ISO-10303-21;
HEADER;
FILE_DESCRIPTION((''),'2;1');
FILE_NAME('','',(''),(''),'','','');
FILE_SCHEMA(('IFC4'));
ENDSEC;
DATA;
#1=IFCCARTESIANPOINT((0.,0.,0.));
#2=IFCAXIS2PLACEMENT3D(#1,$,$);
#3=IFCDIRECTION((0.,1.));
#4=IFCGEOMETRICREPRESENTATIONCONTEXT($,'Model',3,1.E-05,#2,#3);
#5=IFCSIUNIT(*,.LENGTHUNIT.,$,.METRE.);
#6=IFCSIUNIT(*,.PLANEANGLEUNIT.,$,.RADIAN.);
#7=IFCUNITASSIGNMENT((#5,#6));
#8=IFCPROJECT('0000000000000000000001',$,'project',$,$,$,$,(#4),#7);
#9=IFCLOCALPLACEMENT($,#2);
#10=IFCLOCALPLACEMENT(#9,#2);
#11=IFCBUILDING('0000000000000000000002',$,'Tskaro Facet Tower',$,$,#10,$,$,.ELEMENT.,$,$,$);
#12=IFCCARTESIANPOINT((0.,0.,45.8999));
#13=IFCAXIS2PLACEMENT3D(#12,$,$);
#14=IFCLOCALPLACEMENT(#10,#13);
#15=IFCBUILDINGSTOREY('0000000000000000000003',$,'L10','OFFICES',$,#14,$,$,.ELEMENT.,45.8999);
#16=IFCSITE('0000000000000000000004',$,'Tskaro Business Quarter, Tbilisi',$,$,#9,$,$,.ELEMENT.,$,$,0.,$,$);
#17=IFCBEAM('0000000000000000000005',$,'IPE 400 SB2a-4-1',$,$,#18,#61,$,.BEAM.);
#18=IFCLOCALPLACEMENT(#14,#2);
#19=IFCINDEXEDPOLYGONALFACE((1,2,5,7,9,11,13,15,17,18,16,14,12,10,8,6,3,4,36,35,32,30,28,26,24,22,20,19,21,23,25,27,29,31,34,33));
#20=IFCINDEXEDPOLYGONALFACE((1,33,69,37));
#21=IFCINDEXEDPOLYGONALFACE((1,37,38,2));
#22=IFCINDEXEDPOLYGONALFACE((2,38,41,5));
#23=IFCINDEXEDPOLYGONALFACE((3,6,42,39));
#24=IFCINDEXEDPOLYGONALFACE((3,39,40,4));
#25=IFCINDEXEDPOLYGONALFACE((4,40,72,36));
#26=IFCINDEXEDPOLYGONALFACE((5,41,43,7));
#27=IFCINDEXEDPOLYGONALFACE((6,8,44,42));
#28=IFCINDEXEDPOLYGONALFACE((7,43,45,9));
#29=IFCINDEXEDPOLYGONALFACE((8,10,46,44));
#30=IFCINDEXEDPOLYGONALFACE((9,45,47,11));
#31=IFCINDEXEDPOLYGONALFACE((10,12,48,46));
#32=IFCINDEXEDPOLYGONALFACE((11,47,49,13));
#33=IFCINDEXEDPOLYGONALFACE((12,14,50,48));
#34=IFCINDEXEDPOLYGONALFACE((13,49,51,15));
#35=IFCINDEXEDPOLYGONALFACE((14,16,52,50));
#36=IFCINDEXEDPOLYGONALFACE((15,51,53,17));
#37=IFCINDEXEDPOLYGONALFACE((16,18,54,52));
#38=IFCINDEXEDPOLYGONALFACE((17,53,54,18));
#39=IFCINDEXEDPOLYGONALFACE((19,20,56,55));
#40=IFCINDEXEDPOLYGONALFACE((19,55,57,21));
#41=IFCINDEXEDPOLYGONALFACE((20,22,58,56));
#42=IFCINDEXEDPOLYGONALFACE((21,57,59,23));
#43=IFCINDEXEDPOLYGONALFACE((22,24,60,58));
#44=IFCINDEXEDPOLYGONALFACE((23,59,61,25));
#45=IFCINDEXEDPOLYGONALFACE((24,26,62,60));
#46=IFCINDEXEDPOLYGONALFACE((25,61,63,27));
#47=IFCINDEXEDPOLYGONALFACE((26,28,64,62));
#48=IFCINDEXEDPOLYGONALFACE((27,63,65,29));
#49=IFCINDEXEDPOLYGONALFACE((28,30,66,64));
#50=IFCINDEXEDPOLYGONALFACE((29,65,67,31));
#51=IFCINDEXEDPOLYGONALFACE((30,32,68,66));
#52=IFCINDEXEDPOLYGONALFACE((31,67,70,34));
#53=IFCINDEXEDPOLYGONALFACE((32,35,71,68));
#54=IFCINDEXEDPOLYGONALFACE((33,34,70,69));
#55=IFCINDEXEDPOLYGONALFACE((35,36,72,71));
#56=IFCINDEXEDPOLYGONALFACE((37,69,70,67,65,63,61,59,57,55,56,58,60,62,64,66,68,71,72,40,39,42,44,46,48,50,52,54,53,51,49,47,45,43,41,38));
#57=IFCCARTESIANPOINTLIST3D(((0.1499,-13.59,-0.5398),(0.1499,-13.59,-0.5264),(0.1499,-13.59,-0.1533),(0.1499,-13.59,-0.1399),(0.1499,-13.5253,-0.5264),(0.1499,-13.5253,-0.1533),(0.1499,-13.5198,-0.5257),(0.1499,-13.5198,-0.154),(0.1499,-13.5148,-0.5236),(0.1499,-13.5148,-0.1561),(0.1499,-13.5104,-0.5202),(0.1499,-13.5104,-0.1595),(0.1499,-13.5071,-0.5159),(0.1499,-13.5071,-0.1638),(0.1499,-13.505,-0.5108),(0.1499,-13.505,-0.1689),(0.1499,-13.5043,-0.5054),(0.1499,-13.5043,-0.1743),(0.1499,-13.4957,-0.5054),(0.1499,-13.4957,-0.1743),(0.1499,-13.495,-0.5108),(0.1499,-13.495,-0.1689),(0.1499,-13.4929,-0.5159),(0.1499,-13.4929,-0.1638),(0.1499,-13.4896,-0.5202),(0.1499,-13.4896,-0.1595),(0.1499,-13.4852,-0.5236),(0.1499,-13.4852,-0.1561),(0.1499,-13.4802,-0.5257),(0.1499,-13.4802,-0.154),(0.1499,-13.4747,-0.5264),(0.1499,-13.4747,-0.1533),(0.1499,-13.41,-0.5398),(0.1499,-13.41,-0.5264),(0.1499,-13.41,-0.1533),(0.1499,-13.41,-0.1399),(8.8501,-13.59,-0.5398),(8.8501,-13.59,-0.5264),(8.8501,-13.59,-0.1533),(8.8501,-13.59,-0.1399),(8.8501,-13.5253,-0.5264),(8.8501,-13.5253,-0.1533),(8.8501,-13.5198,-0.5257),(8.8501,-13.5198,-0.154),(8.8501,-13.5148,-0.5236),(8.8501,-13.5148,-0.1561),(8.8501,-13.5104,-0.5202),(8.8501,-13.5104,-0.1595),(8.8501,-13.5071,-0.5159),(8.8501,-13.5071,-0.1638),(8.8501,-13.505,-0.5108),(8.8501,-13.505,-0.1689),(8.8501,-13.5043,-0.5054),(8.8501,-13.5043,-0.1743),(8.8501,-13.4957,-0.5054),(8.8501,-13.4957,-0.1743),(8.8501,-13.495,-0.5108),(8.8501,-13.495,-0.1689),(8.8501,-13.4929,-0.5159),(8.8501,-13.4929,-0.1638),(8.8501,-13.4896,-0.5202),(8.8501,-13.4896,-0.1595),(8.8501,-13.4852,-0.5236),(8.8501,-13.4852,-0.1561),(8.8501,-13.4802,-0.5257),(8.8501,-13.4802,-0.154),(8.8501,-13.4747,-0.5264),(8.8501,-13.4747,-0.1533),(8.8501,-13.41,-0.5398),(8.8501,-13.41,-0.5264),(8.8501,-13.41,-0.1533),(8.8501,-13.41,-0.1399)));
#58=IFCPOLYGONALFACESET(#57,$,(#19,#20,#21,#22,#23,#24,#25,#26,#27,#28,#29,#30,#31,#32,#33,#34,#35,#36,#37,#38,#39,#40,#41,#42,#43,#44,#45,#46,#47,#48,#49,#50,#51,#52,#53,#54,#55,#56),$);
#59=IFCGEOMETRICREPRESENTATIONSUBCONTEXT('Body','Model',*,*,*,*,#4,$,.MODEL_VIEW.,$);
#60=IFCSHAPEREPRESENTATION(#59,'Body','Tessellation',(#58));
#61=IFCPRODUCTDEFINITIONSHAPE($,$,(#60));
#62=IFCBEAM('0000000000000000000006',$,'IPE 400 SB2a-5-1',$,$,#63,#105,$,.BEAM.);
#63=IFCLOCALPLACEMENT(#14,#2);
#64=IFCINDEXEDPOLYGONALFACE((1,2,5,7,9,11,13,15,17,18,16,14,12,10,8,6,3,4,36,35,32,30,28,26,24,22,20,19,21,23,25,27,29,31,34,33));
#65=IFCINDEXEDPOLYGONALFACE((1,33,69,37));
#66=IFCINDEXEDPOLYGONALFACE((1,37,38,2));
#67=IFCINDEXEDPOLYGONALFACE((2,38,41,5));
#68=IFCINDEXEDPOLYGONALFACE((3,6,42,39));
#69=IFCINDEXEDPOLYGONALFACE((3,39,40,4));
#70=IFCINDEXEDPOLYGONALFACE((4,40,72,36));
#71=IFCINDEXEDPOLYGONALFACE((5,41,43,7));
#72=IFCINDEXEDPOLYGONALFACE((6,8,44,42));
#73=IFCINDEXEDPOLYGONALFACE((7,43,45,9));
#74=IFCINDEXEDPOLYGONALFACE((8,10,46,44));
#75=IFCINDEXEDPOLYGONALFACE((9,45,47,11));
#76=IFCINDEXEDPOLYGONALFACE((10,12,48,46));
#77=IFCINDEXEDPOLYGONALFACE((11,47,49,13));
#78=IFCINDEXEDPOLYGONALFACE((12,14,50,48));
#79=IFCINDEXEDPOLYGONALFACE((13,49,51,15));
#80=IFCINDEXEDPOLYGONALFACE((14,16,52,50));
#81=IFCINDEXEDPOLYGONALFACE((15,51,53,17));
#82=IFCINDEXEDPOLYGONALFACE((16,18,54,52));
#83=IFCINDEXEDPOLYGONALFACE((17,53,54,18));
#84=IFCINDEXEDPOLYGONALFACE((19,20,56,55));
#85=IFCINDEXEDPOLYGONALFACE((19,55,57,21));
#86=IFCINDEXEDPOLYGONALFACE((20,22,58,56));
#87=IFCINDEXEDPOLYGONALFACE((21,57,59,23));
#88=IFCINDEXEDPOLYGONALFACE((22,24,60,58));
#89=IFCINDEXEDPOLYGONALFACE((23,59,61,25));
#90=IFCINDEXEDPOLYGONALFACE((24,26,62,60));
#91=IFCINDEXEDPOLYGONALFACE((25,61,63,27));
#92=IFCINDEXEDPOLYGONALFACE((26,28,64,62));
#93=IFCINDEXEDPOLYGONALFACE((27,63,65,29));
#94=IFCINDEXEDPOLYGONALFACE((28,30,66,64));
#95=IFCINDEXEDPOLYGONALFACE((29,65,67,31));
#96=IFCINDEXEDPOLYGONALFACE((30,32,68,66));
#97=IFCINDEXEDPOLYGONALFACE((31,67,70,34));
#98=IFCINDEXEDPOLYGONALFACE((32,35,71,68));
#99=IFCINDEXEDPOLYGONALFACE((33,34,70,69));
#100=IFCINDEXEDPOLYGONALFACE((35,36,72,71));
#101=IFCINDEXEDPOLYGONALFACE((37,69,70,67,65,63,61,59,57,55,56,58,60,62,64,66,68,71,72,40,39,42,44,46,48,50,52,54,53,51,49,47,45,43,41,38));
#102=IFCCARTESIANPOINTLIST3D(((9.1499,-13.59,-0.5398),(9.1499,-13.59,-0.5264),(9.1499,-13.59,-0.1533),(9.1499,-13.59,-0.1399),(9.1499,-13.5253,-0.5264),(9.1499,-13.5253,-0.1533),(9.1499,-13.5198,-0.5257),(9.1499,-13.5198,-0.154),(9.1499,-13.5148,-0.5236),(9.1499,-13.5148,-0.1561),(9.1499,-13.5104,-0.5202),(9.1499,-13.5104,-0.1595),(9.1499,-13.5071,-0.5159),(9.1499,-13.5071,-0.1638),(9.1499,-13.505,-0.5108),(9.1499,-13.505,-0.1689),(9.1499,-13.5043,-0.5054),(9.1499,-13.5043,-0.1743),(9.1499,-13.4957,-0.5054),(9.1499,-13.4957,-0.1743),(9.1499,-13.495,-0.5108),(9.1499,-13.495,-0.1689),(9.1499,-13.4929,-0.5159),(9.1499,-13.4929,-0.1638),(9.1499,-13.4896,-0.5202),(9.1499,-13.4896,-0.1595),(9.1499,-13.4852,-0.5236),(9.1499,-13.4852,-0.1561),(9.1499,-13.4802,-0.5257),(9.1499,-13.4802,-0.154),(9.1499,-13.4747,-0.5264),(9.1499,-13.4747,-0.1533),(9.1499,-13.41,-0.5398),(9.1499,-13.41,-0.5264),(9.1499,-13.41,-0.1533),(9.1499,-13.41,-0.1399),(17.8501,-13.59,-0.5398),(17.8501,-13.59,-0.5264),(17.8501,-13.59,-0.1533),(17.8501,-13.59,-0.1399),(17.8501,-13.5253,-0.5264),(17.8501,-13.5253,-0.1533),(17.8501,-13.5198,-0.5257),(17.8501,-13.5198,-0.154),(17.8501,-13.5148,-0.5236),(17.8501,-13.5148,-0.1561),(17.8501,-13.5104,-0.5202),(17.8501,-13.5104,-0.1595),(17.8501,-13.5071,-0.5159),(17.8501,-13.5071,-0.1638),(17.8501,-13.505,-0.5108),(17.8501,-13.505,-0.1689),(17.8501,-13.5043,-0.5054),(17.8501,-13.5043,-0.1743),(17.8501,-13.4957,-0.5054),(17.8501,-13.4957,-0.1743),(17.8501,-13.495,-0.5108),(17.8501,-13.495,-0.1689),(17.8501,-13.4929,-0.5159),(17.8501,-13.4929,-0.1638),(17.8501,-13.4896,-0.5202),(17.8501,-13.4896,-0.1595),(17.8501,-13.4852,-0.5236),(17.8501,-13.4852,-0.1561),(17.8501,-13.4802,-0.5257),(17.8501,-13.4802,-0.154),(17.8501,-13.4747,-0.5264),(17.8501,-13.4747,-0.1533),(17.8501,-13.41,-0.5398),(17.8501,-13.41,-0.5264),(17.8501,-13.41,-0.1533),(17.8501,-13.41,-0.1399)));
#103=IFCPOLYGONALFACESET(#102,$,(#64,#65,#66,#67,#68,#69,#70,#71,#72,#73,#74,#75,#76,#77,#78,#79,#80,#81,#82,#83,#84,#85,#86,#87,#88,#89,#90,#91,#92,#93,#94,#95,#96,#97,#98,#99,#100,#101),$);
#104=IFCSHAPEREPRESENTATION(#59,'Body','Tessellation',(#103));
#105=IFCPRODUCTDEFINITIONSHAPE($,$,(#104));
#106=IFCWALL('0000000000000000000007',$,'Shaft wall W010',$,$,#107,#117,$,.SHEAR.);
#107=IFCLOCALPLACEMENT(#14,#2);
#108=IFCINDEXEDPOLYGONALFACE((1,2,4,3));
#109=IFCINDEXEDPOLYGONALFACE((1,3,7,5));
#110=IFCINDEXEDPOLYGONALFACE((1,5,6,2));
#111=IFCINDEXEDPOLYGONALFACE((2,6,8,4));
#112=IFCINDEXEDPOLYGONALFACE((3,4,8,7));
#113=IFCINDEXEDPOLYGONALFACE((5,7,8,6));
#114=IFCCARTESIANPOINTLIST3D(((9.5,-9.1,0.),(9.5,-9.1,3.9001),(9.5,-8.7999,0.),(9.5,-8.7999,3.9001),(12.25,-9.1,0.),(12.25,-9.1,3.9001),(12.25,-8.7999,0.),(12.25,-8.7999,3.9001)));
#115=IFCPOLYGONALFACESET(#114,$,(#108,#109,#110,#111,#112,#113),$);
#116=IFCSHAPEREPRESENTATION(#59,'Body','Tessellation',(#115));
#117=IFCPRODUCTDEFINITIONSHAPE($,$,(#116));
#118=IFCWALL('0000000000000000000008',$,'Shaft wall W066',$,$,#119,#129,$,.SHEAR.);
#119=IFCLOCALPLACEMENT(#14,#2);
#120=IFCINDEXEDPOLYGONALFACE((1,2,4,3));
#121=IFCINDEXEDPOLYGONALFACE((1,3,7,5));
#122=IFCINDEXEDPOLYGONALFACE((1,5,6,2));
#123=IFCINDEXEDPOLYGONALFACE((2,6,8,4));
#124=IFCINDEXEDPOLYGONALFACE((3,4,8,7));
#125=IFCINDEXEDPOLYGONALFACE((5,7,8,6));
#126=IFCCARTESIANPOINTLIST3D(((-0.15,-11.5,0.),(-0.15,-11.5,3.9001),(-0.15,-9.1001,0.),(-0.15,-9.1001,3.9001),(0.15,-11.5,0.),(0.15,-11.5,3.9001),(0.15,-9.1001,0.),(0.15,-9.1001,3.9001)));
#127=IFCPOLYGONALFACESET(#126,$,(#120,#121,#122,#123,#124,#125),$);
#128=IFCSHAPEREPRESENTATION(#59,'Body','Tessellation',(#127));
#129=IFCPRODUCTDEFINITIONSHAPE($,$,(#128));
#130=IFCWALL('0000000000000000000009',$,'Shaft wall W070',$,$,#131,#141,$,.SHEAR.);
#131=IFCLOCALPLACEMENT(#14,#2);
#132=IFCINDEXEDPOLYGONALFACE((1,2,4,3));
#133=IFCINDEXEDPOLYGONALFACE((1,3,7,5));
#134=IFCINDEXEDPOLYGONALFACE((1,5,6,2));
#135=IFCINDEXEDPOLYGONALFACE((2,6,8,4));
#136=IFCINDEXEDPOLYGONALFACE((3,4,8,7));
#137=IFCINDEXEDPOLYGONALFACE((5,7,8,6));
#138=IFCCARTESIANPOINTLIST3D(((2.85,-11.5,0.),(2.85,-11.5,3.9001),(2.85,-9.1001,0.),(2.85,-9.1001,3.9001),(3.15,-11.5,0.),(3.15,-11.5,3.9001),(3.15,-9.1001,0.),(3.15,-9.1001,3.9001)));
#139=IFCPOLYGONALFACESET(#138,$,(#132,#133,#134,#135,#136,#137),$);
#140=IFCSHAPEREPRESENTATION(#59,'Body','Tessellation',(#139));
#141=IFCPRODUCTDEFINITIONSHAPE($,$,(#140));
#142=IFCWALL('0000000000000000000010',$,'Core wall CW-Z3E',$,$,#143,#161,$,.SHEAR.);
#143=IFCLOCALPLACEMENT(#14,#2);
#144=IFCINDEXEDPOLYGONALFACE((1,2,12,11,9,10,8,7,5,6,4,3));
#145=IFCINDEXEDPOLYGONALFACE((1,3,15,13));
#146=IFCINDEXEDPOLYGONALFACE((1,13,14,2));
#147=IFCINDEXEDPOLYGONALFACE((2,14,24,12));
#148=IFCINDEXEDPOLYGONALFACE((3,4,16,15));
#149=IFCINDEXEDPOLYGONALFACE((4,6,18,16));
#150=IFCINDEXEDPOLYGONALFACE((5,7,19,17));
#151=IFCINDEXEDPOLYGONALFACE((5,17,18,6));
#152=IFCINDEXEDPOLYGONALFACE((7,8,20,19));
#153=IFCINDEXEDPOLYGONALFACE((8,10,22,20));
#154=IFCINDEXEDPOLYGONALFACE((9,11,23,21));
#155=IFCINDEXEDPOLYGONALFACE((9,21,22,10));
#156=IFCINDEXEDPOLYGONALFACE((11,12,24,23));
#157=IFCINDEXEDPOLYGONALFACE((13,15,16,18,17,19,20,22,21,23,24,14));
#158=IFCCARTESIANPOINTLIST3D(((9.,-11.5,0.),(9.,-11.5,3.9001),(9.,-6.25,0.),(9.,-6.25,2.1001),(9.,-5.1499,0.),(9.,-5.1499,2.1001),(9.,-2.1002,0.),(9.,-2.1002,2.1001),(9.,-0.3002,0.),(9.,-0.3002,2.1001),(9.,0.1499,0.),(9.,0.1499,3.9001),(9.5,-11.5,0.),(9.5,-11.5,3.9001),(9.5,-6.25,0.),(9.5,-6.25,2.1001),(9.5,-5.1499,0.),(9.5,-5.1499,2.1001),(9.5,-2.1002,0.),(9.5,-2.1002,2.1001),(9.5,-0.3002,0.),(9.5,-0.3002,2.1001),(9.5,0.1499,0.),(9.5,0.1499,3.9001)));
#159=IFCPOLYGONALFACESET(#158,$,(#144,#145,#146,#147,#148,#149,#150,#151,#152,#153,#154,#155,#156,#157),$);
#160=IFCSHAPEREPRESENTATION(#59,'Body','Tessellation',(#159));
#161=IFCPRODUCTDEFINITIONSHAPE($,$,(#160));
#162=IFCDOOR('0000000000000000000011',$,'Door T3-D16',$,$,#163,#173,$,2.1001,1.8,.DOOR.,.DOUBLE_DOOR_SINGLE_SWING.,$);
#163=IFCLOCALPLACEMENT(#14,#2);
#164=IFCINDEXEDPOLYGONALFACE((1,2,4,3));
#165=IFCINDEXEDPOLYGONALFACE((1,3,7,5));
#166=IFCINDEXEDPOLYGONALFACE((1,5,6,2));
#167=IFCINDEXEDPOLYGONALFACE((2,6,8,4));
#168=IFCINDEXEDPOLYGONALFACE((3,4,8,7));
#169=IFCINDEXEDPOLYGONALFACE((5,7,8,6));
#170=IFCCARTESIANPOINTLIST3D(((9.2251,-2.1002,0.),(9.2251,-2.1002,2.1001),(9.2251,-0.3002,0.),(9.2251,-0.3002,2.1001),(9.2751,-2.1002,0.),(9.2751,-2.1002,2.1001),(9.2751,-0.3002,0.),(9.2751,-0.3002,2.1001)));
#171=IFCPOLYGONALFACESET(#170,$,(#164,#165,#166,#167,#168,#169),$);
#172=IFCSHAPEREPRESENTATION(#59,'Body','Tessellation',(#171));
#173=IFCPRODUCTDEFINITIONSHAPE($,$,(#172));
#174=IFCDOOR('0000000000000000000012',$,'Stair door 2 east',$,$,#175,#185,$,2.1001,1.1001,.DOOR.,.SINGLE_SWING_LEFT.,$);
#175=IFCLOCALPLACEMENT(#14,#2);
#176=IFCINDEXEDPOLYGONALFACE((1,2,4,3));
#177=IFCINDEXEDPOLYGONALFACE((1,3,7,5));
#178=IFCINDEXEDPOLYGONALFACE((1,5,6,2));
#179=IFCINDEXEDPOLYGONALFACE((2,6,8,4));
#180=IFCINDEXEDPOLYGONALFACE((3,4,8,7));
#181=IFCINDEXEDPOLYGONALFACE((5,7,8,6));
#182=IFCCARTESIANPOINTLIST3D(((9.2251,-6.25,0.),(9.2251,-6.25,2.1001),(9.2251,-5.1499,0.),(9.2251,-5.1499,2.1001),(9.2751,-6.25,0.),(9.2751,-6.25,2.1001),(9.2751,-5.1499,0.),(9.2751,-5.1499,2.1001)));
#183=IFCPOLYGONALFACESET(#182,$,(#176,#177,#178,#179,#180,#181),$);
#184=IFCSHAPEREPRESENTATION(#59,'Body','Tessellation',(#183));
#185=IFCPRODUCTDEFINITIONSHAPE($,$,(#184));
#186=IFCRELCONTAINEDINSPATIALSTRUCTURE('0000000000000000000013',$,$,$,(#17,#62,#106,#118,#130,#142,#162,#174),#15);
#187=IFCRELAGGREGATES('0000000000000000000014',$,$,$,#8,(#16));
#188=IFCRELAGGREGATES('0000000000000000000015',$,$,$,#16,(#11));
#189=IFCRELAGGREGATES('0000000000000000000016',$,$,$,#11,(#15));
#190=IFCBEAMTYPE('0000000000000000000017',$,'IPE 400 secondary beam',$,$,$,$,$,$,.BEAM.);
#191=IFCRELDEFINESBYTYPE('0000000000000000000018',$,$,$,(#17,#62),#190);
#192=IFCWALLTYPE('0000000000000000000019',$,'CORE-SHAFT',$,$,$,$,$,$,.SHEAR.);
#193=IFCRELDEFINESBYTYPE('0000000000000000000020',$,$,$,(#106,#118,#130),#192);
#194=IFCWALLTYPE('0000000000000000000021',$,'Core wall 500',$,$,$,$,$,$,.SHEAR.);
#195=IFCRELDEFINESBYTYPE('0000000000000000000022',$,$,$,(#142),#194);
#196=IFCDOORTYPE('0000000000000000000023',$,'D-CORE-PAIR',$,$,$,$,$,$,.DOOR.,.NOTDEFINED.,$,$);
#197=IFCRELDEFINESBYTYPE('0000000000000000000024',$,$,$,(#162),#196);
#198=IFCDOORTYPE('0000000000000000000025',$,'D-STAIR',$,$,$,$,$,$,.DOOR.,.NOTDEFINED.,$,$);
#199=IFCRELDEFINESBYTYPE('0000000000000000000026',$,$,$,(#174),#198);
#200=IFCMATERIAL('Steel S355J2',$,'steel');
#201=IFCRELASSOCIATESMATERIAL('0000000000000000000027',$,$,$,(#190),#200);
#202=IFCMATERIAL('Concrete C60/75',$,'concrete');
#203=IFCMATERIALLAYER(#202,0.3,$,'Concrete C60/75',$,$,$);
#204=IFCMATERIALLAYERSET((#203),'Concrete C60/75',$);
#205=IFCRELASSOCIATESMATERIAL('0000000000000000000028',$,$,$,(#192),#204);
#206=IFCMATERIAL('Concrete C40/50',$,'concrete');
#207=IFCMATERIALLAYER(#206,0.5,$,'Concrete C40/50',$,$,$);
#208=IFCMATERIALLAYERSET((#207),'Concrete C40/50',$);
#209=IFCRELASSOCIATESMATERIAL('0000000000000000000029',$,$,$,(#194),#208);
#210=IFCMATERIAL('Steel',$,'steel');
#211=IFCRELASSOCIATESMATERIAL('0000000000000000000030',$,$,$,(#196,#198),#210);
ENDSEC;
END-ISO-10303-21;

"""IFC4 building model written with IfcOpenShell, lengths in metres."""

from ifc_helpers import new_model, si_unit, direction, frame, frame_2d, origin, origin_2d, place, context, subcontext, project, spatial, rectangle, i_section, extrude, material, layer, layer_set, material_profile, profile_set, type_object, element, fill, save


model = new_model("IFC4")

# Units and contexts
model_context = context("Model", 3, precision=1e-05, world=origin(), true_north=direction((0.0, 1.0)))
body_context = subcontext(model_context, "Body", "Model", "MODEL_VIEW")
ifc_project = project(units=[si_unit("LENGTHUNIT", "METRE"), si_unit("PLANEANGLEUNIT", "RADIAN")], contexts=[model_context])

# Site, building, storey
site_placement = place(None, origin())
site = spatial("IfcSite", under=ifc_project, at=site_placement, Name="Tskaro Business Quarter, Tbilisi", CompositionType="ELEMENT", RefElevation=0.0)
building_placement = place(site_placement, origin())
building = spatial("IfcBuilding", under=site, at=building_placement, Name="Tskaro Facet Tower", CompositionType="ELEMENT")
storey_placement = place(building_placement, frame((0.0, 0.0, 45.8999)))
storey = spatial("IfcBuildingStorey", under=building, at=storey_placement, Name="L10", Description="OFFICES", CompositionType="ELEMENT", Elevation=45.8999)

# Beams
ifc_material_1 = material(Name="Steel S355J2", Category="steel")
ifc_material_profile = material_profile(ifc_material_1, i_section(OverallWidth=0.1799, OverallDepth=0.3999, WebThickness=0.0085, FlangeThickness=0.0134, FilletRadius=0.021, at=origin_2d()), Name="IPE 400")
ifc_profile_set = profile_set([ifc_material_profile], Name="Steel S355J2")
beam_type = type_object("IfcBeamType", Name="IPE 400 secondary beam", PredefinedType="BEAM", material=ifc_profile_set)
for number, where, z_axis, x_axis, name in (
    (1, (0.1499, -13.5, -0.3398), (1.0, 0.0, 0.0), (0.0, 1.0, 0.0), "IPE 400 SB2a-4-1"),
    (2, (9.1499, -13.5, -0.3398), (1.0, 0.0, 0.0), (0.0, 1.0, 0.0), "IPE 400 SB2a-5-1"),
):
    element("IfcBeam", number, at=place(storey_placement, frame(where, z_axis=z_axis, x_axis=x_axis)), inside=storey, type_object=beam_type, Name=name, PredefinedType="BEAM", context=body_context, shape_type="SweptSolid", body=[
        extrude(i_section(OverallWidth=0.1799, OverallDepth=0.3999, WebThickness=0.0085, FlangeThickness=0.0134, FilletRadius=0.021, at=origin_2d()), origin(), (0.0, 0.0, 1.0), 8.7002),
    ])

# Walls
ifc_material_2 = material(Name="Concrete C60/75", Category="concrete")
ifc_layer_1 = layer(ifc_material_2, 0.3, Name="Concrete C60/75")
ifc_layer_set_1 = layer_set([ifc_layer_1], Name="Concrete C60/75")
wall_type_1 = type_object("IfcWallType", Name="CORE-SHAFT", PredefinedType="SHEAR", material=ifc_layer_set_1)
wall_1_placement = place(storey_placement, frame((9.5, -8.95, 0.0), z_axis=(0.0, 0.0, 1.0), x_axis=(1.0, 0.0, 0.0)))
element("IfcWall", 3, at=wall_1_placement, inside=storey, type_object=wall_type_1, Name="Shaft wall W010", PredefinedType="SHEAR", context=body_context, shape_type="SweptSolid", body=[
    extrude(rectangle(XDim=2.75, YDim=0.3, at=frame_2d((1.375, 0.0))), origin(), (0.0, 0.0, 1.0), 3.9001),
])
for number, where, z_axis, x_axis, name in (
    (4, (0.0, -11.5, 0.0), (0.0, 0.0, 1.0), (0.0, 1.0, 0.0), "Shaft wall W066"),
    (5, (3.0, -11.5, 0.0), (0.0, 0.0, 1.0), (0.0, 1.0, 0.0), "Shaft wall W070"),
):
    element("IfcWall", number, at=place(storey_placement, frame(where, z_axis=z_axis, x_axis=x_axis)), inside=storey, type_object=wall_type_1, Name=name, PredefinedType="SHEAR", context=body_context, shape_type="SweptSolid", body=[
        extrude(rectangle(XDim=2.3999, YDim=0.3, at=frame_2d((1.2, 0.0))), origin(), (0.0, 0.0, 1.0), 3.9001),
    ])

# Wall, openings, doors
ifc_material_3 = material(Name="Concrete C40/50", Category="concrete")
ifc_layer_2 = layer(ifc_material_3, 0.5, Name="Concrete C40/50")
ifc_layer_set_2 = layer_set([ifc_layer_2], Name="Concrete C40/50")
wall_type_2 = type_object("IfcWallType", Name="Core wall 500", PredefinedType="SHEAR", material=ifc_layer_set_2)
wall_2_placement = place(storey_placement, frame((9.25, -11.5, 0.0), z_axis=(0.0, 0.0, 1.0), x_axis=(0.0, 1.0, 0.0)))
wall_2 = element("IfcWall", 6, at=wall_2_placement, inside=storey, type_object=wall_type_2, Name="Core wall CW-Z3E", PredefinedType="SHEAR", context=body_context, shape_type="SweptSolid", body=[
    extrude(rectangle(XDim=11.6499, YDim=0.5, at=frame_2d((5.825, 0.0))), origin(), (0.0, 0.0, 1.0), 3.9001),
])
opening_1_placement = place(wall_2_placement, frame((9.3999, 0.0, 0.0)))
opening_1 = element("IfcOpeningElement", 7, at=opening_1_placement, cuts=wall_2, PredefinedType="OPENING", context=body_context, shape_type="SweptSolid", body=[
    extrude(rectangle(XDim=1.8, YDim=2.1001, at=frame_2d((0.8999, 1.05))), frame((0.0, 0.26, 0.0), z_axis=(0.0, -1.0, 0.0), x_axis=(1.0, 0.0, 0.0)), (0.0, 0.0, 1.0), 0.52),
])
opening_2_placement = place(wall_2_placement, frame((5.25, 0.0, 0.0)))
opening_2 = element("IfcOpeningElement", 8, at=opening_2_placement, cuts=wall_2, PredefinedType="OPENING", context=body_context, shape_type="SweptSolid", body=[
    extrude(rectangle(XDim=1.1001, YDim=2.1001, at=frame_2d((0.55, 1.05))), frame((0.0, 0.26, 0.0), z_axis=(0.0, -1.0, 0.0), x_axis=(1.0, 0.0, 0.0)), (0.0, 0.0, 1.0), 0.52),
])
ifc_material_4 = material(Name="Steel", Category="steel")
door_type_1 = type_object("IfcDoorType", Name="D-CORE-PAIR", OperationType="NOTDEFINED", PredefinedType="DOOR", material=ifc_material_4)
door_1_placement = place(opening_1_placement, origin())
door_1 = element("IfcDoor", 9, at=door_1_placement, inside=storey, type_object=door_type_1, Name="Door T3-D16", OperationType="DOUBLE_DOOR_SINGLE_SWING", OverallHeight=2.1001, OverallWidth=1.8, PredefinedType="DOOR", context=body_context, shape_type="SweptSolid", body=[
    extrude(rectangle(XDim=1.8, YDim=2.1001, at=frame_2d((0.8999, 1.05))), frame((0.0, 0.0249, 0.0), z_axis=(0.0, -1.0, 0.0), x_axis=(1.0, 0.0, 0.0)), (0.0, 0.0, 1.0), 0.05),
])
fill(opening_1, door_1)
door_type_2 = type_object("IfcDoorType", Name="D-STAIR", OperationType="NOTDEFINED", PredefinedType="DOOR", material=ifc_material_4)
door_2_placement = place(opening_2_placement, origin())
door_2 = element("IfcDoor", 10, at=door_2_placement, inside=storey, type_object=door_type_2, Name="Stair door 2 east", OperationType="SINGLE_SWING_LEFT", OverallHeight=2.1001, OverallWidth=1.1001, PredefinedType="DOOR", context=body_context, shape_type="SweptSolid", body=[
    extrude(rectangle(XDim=1.1001, YDim=2.1001, at=frame_2d((0.55, 1.05))), frame((0.0, 0.0249, 0.0), z_axis=(0.0, -1.0, 0.0), x_axis=(1.0, 0.0, 0.0)), (0.0, 0.0, 1.0), 0.05),
])
fill(opening_2, door_2)

save(model, "model.ifc")
